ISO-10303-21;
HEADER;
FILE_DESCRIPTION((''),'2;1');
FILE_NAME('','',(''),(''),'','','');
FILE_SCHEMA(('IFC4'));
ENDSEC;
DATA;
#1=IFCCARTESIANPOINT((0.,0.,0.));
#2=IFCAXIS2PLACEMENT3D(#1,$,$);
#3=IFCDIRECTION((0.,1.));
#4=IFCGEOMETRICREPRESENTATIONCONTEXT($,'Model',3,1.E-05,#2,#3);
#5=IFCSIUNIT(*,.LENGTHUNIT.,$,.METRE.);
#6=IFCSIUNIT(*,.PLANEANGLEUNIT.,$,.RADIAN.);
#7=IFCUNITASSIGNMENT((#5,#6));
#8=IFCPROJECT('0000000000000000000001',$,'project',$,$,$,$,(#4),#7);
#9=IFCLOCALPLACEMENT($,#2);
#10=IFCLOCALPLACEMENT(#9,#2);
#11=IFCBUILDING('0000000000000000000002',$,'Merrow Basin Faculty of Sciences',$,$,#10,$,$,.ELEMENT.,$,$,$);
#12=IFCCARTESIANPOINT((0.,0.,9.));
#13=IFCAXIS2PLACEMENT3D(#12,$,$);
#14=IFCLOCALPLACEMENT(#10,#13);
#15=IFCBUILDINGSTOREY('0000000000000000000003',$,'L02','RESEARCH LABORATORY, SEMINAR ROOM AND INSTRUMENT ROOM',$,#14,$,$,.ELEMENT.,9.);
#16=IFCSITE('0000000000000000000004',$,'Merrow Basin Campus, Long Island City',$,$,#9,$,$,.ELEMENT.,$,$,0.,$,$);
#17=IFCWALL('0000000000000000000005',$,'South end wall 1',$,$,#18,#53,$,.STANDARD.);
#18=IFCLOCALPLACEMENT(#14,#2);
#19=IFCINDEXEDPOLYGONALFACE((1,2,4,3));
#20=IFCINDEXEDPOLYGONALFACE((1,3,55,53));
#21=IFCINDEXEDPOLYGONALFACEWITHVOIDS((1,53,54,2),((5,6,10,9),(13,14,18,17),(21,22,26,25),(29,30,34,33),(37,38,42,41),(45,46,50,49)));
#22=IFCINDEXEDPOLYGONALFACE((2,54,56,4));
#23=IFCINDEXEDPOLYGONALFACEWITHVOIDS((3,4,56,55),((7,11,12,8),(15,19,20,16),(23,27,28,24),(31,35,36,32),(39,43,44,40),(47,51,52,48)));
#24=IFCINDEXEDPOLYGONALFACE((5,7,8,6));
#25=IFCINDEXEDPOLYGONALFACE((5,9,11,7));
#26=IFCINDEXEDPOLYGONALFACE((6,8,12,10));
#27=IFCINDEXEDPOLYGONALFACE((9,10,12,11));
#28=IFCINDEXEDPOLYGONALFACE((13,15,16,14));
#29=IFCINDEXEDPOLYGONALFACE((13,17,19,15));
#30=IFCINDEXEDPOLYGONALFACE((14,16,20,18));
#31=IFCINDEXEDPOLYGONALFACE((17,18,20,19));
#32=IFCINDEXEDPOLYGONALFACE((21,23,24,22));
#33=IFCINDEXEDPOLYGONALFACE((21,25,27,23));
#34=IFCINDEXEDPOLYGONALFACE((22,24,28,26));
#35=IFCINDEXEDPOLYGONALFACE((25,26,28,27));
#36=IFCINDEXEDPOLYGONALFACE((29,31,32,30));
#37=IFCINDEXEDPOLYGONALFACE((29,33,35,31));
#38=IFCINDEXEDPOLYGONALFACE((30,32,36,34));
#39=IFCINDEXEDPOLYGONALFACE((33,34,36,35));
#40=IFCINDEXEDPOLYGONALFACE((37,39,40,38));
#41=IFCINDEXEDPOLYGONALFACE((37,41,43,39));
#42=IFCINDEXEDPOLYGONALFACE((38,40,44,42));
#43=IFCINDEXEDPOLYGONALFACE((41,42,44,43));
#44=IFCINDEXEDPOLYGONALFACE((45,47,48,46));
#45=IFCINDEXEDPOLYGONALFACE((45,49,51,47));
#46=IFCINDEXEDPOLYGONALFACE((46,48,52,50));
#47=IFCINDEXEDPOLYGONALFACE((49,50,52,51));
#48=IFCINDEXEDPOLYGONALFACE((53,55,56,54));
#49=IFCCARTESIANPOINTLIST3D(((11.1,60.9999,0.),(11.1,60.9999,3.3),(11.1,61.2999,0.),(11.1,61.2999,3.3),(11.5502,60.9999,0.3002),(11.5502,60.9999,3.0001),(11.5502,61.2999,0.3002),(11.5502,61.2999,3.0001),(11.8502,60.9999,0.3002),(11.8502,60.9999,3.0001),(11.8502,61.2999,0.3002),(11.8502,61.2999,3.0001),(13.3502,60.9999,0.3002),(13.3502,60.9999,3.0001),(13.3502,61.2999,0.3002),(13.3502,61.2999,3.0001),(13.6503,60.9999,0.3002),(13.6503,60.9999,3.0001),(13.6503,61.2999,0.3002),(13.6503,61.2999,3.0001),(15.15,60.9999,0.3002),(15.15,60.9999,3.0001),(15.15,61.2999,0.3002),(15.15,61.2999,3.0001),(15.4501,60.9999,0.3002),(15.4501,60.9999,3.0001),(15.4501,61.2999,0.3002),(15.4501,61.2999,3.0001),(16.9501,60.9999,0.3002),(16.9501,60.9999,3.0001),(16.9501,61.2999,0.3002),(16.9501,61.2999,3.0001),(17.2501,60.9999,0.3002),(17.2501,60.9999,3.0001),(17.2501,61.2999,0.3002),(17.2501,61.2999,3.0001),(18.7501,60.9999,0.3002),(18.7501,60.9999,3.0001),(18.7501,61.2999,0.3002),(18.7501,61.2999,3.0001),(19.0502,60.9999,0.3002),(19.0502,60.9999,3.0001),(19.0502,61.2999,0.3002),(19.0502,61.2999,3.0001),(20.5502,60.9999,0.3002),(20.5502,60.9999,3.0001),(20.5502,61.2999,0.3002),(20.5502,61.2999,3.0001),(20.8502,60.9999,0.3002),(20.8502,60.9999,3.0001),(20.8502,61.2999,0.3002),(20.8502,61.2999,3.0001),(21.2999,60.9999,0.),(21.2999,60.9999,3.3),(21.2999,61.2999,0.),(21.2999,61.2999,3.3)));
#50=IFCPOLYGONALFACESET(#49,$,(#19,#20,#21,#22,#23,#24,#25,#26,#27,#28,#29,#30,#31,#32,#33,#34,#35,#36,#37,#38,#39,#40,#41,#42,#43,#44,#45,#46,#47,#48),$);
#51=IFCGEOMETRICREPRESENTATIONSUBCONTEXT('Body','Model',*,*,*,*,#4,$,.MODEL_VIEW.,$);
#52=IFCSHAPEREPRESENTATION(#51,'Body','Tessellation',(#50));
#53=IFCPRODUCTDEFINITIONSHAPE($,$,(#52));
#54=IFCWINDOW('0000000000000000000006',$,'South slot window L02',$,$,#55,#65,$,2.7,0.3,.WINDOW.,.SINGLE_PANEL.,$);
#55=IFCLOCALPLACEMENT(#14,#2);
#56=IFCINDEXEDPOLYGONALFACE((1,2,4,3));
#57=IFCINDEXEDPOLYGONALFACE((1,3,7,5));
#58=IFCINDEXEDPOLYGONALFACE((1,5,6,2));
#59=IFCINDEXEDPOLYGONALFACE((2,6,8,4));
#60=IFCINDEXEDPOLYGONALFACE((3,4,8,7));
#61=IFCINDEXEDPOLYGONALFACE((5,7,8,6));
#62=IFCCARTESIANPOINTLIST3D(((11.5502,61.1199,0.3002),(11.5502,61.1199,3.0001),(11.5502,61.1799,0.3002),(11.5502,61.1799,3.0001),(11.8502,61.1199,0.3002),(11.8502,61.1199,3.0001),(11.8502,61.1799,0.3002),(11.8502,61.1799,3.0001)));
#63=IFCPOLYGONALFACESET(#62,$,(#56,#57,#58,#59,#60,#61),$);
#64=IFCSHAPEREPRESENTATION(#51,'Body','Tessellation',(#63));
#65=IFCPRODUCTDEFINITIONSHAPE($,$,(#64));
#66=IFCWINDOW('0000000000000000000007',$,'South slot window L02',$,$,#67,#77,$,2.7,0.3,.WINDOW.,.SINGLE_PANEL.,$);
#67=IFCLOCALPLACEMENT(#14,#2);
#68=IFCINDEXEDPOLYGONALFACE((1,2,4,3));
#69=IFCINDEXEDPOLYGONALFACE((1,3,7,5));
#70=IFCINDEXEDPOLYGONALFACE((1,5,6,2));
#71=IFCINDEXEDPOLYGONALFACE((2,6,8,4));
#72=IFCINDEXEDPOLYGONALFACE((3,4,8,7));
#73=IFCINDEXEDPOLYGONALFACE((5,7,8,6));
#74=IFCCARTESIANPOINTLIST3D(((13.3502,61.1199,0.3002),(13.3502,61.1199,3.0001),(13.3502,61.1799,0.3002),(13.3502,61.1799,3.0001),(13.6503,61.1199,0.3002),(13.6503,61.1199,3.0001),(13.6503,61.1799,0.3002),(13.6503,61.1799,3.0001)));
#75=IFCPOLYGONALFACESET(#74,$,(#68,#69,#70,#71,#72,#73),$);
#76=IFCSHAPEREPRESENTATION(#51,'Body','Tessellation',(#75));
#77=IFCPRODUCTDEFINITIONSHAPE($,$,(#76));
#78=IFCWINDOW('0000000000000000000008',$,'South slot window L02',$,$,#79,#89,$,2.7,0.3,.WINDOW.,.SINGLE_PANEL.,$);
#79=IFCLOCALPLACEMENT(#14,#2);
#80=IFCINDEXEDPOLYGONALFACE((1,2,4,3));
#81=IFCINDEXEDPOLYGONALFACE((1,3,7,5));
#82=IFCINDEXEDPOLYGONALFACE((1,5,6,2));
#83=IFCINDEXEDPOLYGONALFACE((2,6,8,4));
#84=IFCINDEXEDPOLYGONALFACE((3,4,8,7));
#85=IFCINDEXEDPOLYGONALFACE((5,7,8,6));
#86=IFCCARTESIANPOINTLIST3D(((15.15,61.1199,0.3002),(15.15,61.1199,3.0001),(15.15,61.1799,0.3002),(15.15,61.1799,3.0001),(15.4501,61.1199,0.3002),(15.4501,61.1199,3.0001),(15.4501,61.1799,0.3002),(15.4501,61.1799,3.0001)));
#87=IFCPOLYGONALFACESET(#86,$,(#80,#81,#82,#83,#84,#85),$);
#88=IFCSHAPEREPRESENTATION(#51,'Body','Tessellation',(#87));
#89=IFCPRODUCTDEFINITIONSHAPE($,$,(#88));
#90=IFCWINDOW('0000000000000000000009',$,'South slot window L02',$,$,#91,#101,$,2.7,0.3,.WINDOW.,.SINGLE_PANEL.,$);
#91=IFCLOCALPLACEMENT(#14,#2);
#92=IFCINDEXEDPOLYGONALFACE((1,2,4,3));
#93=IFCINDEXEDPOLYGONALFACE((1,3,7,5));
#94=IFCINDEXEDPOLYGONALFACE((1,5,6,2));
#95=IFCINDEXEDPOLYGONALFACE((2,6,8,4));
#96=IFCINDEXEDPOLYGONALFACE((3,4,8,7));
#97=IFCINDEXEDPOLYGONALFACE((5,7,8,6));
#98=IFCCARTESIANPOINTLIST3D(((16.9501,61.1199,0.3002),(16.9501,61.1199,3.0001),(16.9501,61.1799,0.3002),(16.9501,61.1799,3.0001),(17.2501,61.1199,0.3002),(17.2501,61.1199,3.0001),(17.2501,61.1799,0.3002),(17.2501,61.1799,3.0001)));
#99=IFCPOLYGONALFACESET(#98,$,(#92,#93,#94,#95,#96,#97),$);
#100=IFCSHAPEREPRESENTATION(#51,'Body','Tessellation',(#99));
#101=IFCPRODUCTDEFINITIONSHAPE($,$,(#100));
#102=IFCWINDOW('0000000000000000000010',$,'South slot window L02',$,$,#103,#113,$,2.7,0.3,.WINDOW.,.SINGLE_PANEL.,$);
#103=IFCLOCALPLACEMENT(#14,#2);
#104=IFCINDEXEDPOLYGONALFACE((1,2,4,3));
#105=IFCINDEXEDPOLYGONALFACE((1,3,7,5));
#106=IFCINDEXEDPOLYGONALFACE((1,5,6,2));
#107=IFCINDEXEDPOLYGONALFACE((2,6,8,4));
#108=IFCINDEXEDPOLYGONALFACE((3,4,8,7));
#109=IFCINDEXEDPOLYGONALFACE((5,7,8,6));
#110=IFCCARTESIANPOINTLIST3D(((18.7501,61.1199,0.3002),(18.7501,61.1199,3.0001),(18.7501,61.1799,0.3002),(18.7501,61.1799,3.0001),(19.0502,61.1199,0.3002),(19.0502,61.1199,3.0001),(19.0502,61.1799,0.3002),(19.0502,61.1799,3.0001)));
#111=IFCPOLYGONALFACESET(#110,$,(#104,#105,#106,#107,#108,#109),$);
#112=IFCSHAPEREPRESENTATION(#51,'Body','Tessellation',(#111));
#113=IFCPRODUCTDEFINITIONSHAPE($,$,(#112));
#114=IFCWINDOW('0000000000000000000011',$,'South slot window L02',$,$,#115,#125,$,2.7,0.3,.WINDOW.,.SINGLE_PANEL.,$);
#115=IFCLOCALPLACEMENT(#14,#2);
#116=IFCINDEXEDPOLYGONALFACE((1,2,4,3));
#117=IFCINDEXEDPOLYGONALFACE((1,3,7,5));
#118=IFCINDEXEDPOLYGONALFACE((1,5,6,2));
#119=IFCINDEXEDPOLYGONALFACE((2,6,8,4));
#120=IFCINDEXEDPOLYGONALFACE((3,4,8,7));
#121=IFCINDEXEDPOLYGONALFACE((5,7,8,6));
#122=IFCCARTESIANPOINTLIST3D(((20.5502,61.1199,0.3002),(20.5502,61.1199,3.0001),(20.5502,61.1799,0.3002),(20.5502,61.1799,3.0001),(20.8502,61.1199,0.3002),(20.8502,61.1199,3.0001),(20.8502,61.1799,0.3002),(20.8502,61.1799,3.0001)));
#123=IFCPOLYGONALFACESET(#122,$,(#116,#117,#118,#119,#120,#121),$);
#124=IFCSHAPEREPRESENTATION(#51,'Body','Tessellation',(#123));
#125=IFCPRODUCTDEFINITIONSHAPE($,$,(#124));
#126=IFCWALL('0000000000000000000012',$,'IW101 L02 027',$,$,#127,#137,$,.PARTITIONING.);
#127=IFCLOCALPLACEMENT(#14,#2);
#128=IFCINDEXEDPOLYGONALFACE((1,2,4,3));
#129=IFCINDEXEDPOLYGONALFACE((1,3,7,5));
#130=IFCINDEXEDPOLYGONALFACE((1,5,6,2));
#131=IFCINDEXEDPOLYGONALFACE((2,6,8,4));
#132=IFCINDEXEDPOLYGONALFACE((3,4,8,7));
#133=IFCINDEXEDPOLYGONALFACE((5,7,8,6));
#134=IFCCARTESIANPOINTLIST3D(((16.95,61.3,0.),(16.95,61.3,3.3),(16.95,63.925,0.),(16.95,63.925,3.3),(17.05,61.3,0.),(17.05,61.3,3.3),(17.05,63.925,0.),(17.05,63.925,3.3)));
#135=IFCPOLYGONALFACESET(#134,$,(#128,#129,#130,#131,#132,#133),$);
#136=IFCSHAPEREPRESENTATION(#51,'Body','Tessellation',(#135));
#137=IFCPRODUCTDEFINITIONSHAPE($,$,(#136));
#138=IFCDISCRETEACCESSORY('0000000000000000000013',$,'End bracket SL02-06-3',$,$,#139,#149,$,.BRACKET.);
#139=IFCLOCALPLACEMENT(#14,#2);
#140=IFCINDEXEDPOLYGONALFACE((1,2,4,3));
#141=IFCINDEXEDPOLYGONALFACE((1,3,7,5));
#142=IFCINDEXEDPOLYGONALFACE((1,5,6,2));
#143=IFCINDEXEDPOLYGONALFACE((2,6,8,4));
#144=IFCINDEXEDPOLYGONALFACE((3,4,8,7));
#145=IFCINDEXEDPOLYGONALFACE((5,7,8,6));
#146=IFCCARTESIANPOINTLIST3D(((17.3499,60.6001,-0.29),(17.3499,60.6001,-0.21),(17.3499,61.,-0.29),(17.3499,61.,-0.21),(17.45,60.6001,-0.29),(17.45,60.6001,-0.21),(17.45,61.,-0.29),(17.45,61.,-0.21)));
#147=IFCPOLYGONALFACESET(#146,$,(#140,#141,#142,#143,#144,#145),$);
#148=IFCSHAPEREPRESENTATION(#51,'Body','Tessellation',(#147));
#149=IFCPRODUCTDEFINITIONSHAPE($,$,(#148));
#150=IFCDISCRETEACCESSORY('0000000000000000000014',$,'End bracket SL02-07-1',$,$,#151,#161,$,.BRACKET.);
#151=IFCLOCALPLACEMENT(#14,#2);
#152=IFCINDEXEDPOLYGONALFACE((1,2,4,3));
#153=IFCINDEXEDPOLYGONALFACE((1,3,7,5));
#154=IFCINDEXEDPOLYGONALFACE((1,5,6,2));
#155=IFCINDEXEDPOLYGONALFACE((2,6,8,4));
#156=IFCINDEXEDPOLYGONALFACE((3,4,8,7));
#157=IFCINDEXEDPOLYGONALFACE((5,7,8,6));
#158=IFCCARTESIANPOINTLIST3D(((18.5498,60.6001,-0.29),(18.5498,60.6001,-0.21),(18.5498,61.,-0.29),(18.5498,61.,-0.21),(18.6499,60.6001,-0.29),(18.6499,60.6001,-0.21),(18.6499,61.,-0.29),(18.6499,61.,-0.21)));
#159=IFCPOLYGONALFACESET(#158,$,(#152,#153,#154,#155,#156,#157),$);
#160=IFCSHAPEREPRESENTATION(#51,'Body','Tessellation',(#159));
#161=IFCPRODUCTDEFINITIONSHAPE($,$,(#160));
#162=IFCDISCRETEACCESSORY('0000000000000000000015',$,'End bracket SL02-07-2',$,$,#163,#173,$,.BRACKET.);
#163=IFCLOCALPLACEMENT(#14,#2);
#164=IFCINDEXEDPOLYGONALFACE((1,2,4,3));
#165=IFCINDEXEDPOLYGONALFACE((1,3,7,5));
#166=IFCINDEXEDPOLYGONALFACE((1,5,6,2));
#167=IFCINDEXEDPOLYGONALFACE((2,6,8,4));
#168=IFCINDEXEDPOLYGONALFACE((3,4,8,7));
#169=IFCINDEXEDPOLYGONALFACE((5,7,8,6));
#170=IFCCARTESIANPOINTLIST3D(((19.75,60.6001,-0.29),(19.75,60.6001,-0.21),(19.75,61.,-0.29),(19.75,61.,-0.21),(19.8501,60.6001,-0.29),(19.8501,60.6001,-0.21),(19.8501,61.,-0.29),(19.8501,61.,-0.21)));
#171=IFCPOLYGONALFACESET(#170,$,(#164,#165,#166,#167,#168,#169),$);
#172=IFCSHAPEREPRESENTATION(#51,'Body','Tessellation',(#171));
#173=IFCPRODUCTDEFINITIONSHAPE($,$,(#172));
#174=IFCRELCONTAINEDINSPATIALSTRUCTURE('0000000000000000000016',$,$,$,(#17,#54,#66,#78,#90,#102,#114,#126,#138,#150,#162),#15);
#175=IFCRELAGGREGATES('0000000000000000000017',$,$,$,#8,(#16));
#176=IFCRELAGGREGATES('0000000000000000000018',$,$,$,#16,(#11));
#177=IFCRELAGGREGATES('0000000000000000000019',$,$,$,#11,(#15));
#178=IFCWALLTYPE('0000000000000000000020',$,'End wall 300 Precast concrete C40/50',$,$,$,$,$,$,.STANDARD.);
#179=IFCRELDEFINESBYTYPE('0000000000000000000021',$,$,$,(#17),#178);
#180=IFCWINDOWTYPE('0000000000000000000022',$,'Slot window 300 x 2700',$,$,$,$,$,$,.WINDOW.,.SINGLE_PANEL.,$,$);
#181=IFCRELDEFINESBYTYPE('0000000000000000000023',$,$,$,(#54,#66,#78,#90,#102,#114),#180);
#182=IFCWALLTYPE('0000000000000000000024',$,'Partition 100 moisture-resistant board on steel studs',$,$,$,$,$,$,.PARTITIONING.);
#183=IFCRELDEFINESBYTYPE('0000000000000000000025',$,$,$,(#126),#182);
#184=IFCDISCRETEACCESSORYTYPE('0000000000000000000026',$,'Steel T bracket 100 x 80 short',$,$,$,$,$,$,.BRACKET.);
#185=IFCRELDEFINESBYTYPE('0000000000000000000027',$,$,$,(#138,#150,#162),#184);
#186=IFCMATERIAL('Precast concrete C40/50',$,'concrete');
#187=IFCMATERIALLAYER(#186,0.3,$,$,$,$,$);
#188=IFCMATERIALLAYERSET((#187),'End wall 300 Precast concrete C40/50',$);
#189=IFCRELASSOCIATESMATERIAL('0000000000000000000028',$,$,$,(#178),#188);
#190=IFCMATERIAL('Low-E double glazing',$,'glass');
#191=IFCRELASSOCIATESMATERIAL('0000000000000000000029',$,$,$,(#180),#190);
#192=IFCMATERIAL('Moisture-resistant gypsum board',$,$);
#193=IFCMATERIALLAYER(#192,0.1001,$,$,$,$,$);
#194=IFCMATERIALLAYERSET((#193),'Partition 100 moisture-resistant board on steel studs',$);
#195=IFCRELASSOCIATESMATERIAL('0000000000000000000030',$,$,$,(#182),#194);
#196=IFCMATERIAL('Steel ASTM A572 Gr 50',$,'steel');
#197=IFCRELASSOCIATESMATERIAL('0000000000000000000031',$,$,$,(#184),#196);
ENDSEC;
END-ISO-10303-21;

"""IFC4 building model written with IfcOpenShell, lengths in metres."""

from ifc_helpers import new_model, si_unit, direction, frame, frame_2d, origin, place, context, subcontext, project, spatial, polyline, rectangle, outline, extrude, source, transform, mapped, material, layer, layer_set, type_object, element, fill, save


model = new_model("IFC4")

# Units and contexts
model_context = context("Model", 3, precision=1e-05, world=origin(), true_north=direction((0.0, 1.0)))
body_context = subcontext(model_context, "Body", "Model", "MODEL_VIEW")
ifc_project = project(units=[si_unit("LENGTHUNIT", "METRE"), si_unit("PLANEANGLEUNIT", "RADIAN")], contexts=[model_context])

# Site, building, storey
site_placement = place(None, origin())
site = spatial("IfcSite", under=ifc_project, at=site_placement, Name="Merrow Basin Campus, Long Island City", CompositionType="ELEMENT", RefElevation=0.0)
building_placement = place(site_placement, origin())
building = spatial("IfcBuilding", under=site, at=building_placement, Name="Merrow Basin Faculty of Sciences", CompositionType="ELEMENT")
storey_placement = place(building_placement, frame((0.0, 0.0, 9.0)))
storey = spatial("IfcBuildingStorey", under=building, at=storey_placement, Name="L02", Description="RESEARCH LABORATORY, SEMINAR ROOM AND INSTRUMENT ROOM", CompositionType="ELEMENT", Elevation=9.0)

# Wall, openings, windows
ifc_material_1 = material(Name="Precast concrete C40/50", Category="concrete")
ifc_layer_1 = layer(ifc_material_1, 0.3)
ifc_layer_set_1 = layer_set([ifc_layer_1], Name="End wall 300 Precast concrete C40/50")
wall_type_1 = type_object("IfcWallType", Name="End wall 300 Precast concrete C40/50", PredefinedType="STANDARD", material=ifc_layer_set_1)
wall_1_placement = place(storey_placement, frame((21.3, 61.1499, 0.0), z_axis=(0.0, 0.0, 1.0), x_axis=(-1.0, 0.0, 0.0)))
wall_1 = element("IfcWall", 1, at=wall_1_placement, inside=storey, type_object=wall_type_1, Name="South end wall 1", PredefinedType="STANDARD", context=body_context, shape_type="SweptSolid", body=[
    extrude(rectangle(XDim=10.2, YDim=0.3, at=frame_2d((5.1001, 0.0))), origin(), (0.0, 0.0, 1.0), 3.3),
])
opening_1_placement = place(wall_1_placement, frame((9.45, 0.0, 0.3)))
opening_1 = element("IfcOpeningElement", 2, at=opening_1_placement, cuts=wall_1, PredefinedType="OPENING", context=body_context, shape_type="SweptSolid", body=[
    extrude(rectangle(XDim=0.3, YDim=2.7, at=frame_2d((0.1499, 1.3501))), frame((0.0, 0.1599, 0.0), z_axis=(0.0, -1.0, 0.0), x_axis=(1.0, 0.0, 0.0)), (0.0, 0.0, 1.0), 0.3201),
])
opening_2_placement = place(wall_1_placement, frame((7.6499, 0.0, 0.3)))
opening_2 = element("IfcOpeningElement", 3, at=opening_2_placement, cuts=wall_1, PredefinedType="OPENING", context=body_context, shape_type="SweptSolid", body=[
    extrude(rectangle(XDim=0.3, YDim=2.7, at=frame_2d((0.1499, 1.3501))), frame((0.0, 0.1599, 0.0), z_axis=(0.0, -1.0, 0.0), x_axis=(1.0, 0.0, 0.0)), (0.0, 0.0, 1.0), 0.3201),
])
opening_3_placement = place(wall_1_placement, frame((5.8501, 0.0, 0.3)))
opening_3 = element("IfcOpeningElement", 4, at=opening_3_placement, cuts=wall_1, PredefinedType="OPENING", context=body_context, shape_type="SweptSolid", body=[
    extrude(rectangle(XDim=0.3, YDim=2.7, at=frame_2d((0.1499, 1.3501))), frame((0.0, 0.1599, 0.0), z_axis=(0.0, -1.0, 0.0), x_axis=(1.0, 0.0, 0.0)), (0.0, 0.0, 1.0), 0.3201),
])
opening_4_placement = place(wall_1_placement, frame((4.05, 0.0, 0.3)))
opening_4 = element("IfcOpeningElement", 5, at=opening_4_placement, cuts=wall_1, PredefinedType="OPENING", context=body_context, shape_type="SweptSolid", body=[
    extrude(rectangle(XDim=0.3, YDim=2.7, at=frame_2d((0.1499, 1.3501))), frame((0.0, 0.1599, 0.0), z_axis=(0.0, -1.0, 0.0), x_axis=(1.0, 0.0, 0.0)), (0.0, 0.0, 1.0), 0.3201),
])
opening_5_placement = place(wall_1_placement, frame((2.25, 0.0, 0.3)))
opening_5 = element("IfcOpeningElement", 6, at=opening_5_placement, cuts=wall_1, PredefinedType="OPENING", context=body_context, shape_type="SweptSolid", body=[
    extrude(rectangle(XDim=0.3, YDim=2.7, at=frame_2d((0.1499, 1.3501))), frame((0.0, 0.1599, 0.0), z_axis=(0.0, -1.0, 0.0), x_axis=(1.0, 0.0, 0.0)), (0.0, 0.0, 1.0), 0.3201),
])
opening_6_placement = place(wall_1_placement, frame((0.45, 0.0, 0.3)))
opening_6 = element("IfcOpeningElement", 7, at=opening_6_placement, cuts=wall_1, PredefinedType="OPENING", context=body_context, shape_type="SweptSolid", body=[
    extrude(rectangle(XDim=0.3, YDim=2.7, at=frame_2d((0.1499, 1.3501))), frame((0.0, 0.1599, 0.0), z_axis=(0.0, -1.0, 0.0), x_axis=(1.0, 0.0, 0.0)), (0.0, 0.0, 1.0), 0.3201),
])
ifc_material_2 = material(Name="Low-E double glazing", Category="glass")
window_type = type_object("IfcWindowType", Name="Slot window 300 x 2700", PartitioningType="SINGLE_PANEL", PredefinedType="WINDOW", material=ifc_material_2)
window_1_placement = place(opening_1_placement, origin())
window_1 = element("IfcWindow", 8, at=window_1_placement, inside=storey, type_object=window_type, Name="South slot window L02", OverallHeight=2.7, OverallWidth=0.3, PartitioningType="SINGLE_PANEL", PredefinedType="WINDOW", context=body_context, shape_type="SweptSolid", body=[
    extrude(rectangle(XDim=0.3, YDim=2.7, at=frame_2d((0.1499, 1.3501))), frame((0.0, 0.03, 0.0), z_axis=(0.0, -1.0, 0.0), x_axis=(1.0, 0.0, 0.0)), (0.0, 0.0, 1.0), 0.0601),
])
fill(opening_1, window_1)
window_2_placement = place(opening_2_placement, origin())
window_2 = element("IfcWindow", 9, at=window_2_placement, inside=storey, type_object=window_type, Name="South slot window L02", OverallHeight=2.7, OverallWidth=0.3, PartitioningType="SINGLE_PANEL", PredefinedType="WINDOW", context=body_context, shape_type="SweptSolid", body=[
    extrude(rectangle(XDim=0.3, YDim=2.7, at=frame_2d((0.1499, 1.3501))), frame((0.0, 0.03, 0.0), z_axis=(0.0, -1.0, 0.0), x_axis=(1.0, 0.0, 0.0)), (0.0, 0.0, 1.0), 0.0601),
])
fill(opening_2, window_2)
window_3_placement = place(opening_3_placement, origin())
window_3 = element("IfcWindow", 10, at=window_3_placement, inside=storey, type_object=window_type, Name="South slot window L02", OverallHeight=2.7, OverallWidth=0.3, PartitioningType="SINGLE_PANEL", PredefinedType="WINDOW", context=body_context, shape_type="SweptSolid", body=[
    extrude(rectangle(XDim=0.3, YDim=2.7, at=frame_2d((0.1499, 1.3501))), frame((0.0, 0.03, 0.0), z_axis=(0.0, -1.0, 0.0), x_axis=(1.0, 0.0, 0.0)), (0.0, 0.0, 1.0), 0.0601),
])
fill(opening_3, window_3)
window_4_placement = place(opening_4_placement, origin())
window_4 = element("IfcWindow", 11, at=window_4_placement, inside=storey, type_object=window_type, Name="South slot window L02", OverallHeight=2.7, OverallWidth=0.3, PartitioningType="SINGLE_PANEL", PredefinedType="WINDOW", context=body_context, shape_type="SweptSolid", body=[
    extrude(rectangle(XDim=0.3, YDim=2.7, at=frame_2d((0.1499, 1.3501))), frame((0.0, 0.03, 0.0), z_axis=(0.0, -1.0, 0.0), x_axis=(1.0, 0.0, 0.0)), (0.0, 0.0, 1.0), 0.0601),
])
fill(opening_4, window_4)
window_5_placement = place(opening_5_placement, origin())
window_5 = element("IfcWindow", 12, at=window_5_placement, inside=storey, type_object=window_type, Name="South slot window L02", OverallHeight=2.7, OverallWidth=0.3, PartitioningType="SINGLE_PANEL", PredefinedType="WINDOW", context=body_context, shape_type="SweptSolid", body=[
    extrude(rectangle(XDim=0.3, YDim=2.7, at=frame_2d((0.1499, 1.3501))), frame((0.0, 0.03, 0.0), z_axis=(0.0, -1.0, 0.0), x_axis=(1.0, 0.0, 0.0)), (0.0, 0.0, 1.0), 0.0601),
])
fill(opening_5, window_5)
window_6_placement = place(opening_6_placement, origin())
window_6 = element("IfcWindow", 13, at=window_6_placement, inside=storey, type_object=window_type, Name="South slot window L02", OverallHeight=2.7, OverallWidth=0.3, PartitioningType="SINGLE_PANEL", PredefinedType="WINDOW", context=body_context, shape_type="SweptSolid", body=[
    extrude(rectangle(XDim=0.3, YDim=2.7, at=frame_2d((0.1499, 1.3501))), frame((0.0, 0.03, 0.0), z_axis=(0.0, -1.0, 0.0), x_axis=(1.0, 0.0, 0.0)), (0.0, 0.0, 1.0), 0.0601),
])
fill(opening_6, window_6)

# Wall
ifc_material_3 = material(Name="Moisture-resistant gypsum board")
ifc_layer_2 = layer(ifc_material_3, 0.1001)
ifc_layer_set_2 = layer_set([ifc_layer_2], Name="Partition 100 moisture-resistant board on steel studs")
wall_type_2 = type_object("IfcWallType", Name="Partition 100 moisture-resistant board on steel studs", PredefinedType="PARTITIONING", material=ifc_layer_set_2)
wall_2_placement = place(storey_placement, frame((17.0, 61.3, 0.0), z_axis=(0.0, 0.0, 1.0), x_axis=(0.0, 1.0, 0.0)))
element("IfcWall", 14, at=wall_2_placement, inside=storey, type_object=wall_type_2, Name="IW101 L02 027", PredefinedType="PARTITIONING", context=body_context, shape_type="SweptSolid", body=[
    extrude(rectangle(XDim=2.625, YDim=0.1001, at=frame_2d((1.3125, 0.0))), origin(), (0.0, 0.0, 1.0), 3.3),
])

# Discrete accessories
ifc_material_4 = material(Name="Steel ASTM A572 Gr 50", Category="steel")
discrete_accessory_type = type_object("IfcDiscreteAccessoryType", Name="Steel T bracket 100 x 80 short", PredefinedType="BRACKET", material=ifc_material_4)
shared_shape = source(origin(), body_context, "Body", "SweptSolid", [
    extrude(outline(polyline([(0.0, 0.0), (0.1001, 0.0), (0.1001, 0.0801), (0.0, 0.0801), (0.0, 0.0)])), origin(), (0.0, 0.0, 1.0), 0.3999),
])
for number, where, z_axis, x_axis, name in (
    (15, (17.45, 60.6001, -0.29), (0.0, 1.0, 0.0), (-1.0, 0.0, 0.0), "End bracket SL02-06-3"),
    (16, (18.6499, 60.6001, -0.29), (0.0, 1.0, 0.0), (-1.0, 0.0, 0.0), "End bracket SL02-07-1"),
    (17, (19.8501, 60.6001, -0.29), (0.0, 1.0, 0.0), (-1.0, 0.0, 0.0), "End bracket SL02-07-2"),
):
    element("IfcDiscreteAccessory", number, at=place(storey_placement, frame(where, z_axis=z_axis, x_axis=x_axis)), inside=storey, type_object=discrete_accessory_type, Name=name, PredefinedType="BRACKET", context=body_context, shape_type="MappedRepresentation", body=[
        mapped(shared_shape, transform((0.0, 0.0, 0.0), scale=1.0)),
    ])

save(model, "model.ifc")
